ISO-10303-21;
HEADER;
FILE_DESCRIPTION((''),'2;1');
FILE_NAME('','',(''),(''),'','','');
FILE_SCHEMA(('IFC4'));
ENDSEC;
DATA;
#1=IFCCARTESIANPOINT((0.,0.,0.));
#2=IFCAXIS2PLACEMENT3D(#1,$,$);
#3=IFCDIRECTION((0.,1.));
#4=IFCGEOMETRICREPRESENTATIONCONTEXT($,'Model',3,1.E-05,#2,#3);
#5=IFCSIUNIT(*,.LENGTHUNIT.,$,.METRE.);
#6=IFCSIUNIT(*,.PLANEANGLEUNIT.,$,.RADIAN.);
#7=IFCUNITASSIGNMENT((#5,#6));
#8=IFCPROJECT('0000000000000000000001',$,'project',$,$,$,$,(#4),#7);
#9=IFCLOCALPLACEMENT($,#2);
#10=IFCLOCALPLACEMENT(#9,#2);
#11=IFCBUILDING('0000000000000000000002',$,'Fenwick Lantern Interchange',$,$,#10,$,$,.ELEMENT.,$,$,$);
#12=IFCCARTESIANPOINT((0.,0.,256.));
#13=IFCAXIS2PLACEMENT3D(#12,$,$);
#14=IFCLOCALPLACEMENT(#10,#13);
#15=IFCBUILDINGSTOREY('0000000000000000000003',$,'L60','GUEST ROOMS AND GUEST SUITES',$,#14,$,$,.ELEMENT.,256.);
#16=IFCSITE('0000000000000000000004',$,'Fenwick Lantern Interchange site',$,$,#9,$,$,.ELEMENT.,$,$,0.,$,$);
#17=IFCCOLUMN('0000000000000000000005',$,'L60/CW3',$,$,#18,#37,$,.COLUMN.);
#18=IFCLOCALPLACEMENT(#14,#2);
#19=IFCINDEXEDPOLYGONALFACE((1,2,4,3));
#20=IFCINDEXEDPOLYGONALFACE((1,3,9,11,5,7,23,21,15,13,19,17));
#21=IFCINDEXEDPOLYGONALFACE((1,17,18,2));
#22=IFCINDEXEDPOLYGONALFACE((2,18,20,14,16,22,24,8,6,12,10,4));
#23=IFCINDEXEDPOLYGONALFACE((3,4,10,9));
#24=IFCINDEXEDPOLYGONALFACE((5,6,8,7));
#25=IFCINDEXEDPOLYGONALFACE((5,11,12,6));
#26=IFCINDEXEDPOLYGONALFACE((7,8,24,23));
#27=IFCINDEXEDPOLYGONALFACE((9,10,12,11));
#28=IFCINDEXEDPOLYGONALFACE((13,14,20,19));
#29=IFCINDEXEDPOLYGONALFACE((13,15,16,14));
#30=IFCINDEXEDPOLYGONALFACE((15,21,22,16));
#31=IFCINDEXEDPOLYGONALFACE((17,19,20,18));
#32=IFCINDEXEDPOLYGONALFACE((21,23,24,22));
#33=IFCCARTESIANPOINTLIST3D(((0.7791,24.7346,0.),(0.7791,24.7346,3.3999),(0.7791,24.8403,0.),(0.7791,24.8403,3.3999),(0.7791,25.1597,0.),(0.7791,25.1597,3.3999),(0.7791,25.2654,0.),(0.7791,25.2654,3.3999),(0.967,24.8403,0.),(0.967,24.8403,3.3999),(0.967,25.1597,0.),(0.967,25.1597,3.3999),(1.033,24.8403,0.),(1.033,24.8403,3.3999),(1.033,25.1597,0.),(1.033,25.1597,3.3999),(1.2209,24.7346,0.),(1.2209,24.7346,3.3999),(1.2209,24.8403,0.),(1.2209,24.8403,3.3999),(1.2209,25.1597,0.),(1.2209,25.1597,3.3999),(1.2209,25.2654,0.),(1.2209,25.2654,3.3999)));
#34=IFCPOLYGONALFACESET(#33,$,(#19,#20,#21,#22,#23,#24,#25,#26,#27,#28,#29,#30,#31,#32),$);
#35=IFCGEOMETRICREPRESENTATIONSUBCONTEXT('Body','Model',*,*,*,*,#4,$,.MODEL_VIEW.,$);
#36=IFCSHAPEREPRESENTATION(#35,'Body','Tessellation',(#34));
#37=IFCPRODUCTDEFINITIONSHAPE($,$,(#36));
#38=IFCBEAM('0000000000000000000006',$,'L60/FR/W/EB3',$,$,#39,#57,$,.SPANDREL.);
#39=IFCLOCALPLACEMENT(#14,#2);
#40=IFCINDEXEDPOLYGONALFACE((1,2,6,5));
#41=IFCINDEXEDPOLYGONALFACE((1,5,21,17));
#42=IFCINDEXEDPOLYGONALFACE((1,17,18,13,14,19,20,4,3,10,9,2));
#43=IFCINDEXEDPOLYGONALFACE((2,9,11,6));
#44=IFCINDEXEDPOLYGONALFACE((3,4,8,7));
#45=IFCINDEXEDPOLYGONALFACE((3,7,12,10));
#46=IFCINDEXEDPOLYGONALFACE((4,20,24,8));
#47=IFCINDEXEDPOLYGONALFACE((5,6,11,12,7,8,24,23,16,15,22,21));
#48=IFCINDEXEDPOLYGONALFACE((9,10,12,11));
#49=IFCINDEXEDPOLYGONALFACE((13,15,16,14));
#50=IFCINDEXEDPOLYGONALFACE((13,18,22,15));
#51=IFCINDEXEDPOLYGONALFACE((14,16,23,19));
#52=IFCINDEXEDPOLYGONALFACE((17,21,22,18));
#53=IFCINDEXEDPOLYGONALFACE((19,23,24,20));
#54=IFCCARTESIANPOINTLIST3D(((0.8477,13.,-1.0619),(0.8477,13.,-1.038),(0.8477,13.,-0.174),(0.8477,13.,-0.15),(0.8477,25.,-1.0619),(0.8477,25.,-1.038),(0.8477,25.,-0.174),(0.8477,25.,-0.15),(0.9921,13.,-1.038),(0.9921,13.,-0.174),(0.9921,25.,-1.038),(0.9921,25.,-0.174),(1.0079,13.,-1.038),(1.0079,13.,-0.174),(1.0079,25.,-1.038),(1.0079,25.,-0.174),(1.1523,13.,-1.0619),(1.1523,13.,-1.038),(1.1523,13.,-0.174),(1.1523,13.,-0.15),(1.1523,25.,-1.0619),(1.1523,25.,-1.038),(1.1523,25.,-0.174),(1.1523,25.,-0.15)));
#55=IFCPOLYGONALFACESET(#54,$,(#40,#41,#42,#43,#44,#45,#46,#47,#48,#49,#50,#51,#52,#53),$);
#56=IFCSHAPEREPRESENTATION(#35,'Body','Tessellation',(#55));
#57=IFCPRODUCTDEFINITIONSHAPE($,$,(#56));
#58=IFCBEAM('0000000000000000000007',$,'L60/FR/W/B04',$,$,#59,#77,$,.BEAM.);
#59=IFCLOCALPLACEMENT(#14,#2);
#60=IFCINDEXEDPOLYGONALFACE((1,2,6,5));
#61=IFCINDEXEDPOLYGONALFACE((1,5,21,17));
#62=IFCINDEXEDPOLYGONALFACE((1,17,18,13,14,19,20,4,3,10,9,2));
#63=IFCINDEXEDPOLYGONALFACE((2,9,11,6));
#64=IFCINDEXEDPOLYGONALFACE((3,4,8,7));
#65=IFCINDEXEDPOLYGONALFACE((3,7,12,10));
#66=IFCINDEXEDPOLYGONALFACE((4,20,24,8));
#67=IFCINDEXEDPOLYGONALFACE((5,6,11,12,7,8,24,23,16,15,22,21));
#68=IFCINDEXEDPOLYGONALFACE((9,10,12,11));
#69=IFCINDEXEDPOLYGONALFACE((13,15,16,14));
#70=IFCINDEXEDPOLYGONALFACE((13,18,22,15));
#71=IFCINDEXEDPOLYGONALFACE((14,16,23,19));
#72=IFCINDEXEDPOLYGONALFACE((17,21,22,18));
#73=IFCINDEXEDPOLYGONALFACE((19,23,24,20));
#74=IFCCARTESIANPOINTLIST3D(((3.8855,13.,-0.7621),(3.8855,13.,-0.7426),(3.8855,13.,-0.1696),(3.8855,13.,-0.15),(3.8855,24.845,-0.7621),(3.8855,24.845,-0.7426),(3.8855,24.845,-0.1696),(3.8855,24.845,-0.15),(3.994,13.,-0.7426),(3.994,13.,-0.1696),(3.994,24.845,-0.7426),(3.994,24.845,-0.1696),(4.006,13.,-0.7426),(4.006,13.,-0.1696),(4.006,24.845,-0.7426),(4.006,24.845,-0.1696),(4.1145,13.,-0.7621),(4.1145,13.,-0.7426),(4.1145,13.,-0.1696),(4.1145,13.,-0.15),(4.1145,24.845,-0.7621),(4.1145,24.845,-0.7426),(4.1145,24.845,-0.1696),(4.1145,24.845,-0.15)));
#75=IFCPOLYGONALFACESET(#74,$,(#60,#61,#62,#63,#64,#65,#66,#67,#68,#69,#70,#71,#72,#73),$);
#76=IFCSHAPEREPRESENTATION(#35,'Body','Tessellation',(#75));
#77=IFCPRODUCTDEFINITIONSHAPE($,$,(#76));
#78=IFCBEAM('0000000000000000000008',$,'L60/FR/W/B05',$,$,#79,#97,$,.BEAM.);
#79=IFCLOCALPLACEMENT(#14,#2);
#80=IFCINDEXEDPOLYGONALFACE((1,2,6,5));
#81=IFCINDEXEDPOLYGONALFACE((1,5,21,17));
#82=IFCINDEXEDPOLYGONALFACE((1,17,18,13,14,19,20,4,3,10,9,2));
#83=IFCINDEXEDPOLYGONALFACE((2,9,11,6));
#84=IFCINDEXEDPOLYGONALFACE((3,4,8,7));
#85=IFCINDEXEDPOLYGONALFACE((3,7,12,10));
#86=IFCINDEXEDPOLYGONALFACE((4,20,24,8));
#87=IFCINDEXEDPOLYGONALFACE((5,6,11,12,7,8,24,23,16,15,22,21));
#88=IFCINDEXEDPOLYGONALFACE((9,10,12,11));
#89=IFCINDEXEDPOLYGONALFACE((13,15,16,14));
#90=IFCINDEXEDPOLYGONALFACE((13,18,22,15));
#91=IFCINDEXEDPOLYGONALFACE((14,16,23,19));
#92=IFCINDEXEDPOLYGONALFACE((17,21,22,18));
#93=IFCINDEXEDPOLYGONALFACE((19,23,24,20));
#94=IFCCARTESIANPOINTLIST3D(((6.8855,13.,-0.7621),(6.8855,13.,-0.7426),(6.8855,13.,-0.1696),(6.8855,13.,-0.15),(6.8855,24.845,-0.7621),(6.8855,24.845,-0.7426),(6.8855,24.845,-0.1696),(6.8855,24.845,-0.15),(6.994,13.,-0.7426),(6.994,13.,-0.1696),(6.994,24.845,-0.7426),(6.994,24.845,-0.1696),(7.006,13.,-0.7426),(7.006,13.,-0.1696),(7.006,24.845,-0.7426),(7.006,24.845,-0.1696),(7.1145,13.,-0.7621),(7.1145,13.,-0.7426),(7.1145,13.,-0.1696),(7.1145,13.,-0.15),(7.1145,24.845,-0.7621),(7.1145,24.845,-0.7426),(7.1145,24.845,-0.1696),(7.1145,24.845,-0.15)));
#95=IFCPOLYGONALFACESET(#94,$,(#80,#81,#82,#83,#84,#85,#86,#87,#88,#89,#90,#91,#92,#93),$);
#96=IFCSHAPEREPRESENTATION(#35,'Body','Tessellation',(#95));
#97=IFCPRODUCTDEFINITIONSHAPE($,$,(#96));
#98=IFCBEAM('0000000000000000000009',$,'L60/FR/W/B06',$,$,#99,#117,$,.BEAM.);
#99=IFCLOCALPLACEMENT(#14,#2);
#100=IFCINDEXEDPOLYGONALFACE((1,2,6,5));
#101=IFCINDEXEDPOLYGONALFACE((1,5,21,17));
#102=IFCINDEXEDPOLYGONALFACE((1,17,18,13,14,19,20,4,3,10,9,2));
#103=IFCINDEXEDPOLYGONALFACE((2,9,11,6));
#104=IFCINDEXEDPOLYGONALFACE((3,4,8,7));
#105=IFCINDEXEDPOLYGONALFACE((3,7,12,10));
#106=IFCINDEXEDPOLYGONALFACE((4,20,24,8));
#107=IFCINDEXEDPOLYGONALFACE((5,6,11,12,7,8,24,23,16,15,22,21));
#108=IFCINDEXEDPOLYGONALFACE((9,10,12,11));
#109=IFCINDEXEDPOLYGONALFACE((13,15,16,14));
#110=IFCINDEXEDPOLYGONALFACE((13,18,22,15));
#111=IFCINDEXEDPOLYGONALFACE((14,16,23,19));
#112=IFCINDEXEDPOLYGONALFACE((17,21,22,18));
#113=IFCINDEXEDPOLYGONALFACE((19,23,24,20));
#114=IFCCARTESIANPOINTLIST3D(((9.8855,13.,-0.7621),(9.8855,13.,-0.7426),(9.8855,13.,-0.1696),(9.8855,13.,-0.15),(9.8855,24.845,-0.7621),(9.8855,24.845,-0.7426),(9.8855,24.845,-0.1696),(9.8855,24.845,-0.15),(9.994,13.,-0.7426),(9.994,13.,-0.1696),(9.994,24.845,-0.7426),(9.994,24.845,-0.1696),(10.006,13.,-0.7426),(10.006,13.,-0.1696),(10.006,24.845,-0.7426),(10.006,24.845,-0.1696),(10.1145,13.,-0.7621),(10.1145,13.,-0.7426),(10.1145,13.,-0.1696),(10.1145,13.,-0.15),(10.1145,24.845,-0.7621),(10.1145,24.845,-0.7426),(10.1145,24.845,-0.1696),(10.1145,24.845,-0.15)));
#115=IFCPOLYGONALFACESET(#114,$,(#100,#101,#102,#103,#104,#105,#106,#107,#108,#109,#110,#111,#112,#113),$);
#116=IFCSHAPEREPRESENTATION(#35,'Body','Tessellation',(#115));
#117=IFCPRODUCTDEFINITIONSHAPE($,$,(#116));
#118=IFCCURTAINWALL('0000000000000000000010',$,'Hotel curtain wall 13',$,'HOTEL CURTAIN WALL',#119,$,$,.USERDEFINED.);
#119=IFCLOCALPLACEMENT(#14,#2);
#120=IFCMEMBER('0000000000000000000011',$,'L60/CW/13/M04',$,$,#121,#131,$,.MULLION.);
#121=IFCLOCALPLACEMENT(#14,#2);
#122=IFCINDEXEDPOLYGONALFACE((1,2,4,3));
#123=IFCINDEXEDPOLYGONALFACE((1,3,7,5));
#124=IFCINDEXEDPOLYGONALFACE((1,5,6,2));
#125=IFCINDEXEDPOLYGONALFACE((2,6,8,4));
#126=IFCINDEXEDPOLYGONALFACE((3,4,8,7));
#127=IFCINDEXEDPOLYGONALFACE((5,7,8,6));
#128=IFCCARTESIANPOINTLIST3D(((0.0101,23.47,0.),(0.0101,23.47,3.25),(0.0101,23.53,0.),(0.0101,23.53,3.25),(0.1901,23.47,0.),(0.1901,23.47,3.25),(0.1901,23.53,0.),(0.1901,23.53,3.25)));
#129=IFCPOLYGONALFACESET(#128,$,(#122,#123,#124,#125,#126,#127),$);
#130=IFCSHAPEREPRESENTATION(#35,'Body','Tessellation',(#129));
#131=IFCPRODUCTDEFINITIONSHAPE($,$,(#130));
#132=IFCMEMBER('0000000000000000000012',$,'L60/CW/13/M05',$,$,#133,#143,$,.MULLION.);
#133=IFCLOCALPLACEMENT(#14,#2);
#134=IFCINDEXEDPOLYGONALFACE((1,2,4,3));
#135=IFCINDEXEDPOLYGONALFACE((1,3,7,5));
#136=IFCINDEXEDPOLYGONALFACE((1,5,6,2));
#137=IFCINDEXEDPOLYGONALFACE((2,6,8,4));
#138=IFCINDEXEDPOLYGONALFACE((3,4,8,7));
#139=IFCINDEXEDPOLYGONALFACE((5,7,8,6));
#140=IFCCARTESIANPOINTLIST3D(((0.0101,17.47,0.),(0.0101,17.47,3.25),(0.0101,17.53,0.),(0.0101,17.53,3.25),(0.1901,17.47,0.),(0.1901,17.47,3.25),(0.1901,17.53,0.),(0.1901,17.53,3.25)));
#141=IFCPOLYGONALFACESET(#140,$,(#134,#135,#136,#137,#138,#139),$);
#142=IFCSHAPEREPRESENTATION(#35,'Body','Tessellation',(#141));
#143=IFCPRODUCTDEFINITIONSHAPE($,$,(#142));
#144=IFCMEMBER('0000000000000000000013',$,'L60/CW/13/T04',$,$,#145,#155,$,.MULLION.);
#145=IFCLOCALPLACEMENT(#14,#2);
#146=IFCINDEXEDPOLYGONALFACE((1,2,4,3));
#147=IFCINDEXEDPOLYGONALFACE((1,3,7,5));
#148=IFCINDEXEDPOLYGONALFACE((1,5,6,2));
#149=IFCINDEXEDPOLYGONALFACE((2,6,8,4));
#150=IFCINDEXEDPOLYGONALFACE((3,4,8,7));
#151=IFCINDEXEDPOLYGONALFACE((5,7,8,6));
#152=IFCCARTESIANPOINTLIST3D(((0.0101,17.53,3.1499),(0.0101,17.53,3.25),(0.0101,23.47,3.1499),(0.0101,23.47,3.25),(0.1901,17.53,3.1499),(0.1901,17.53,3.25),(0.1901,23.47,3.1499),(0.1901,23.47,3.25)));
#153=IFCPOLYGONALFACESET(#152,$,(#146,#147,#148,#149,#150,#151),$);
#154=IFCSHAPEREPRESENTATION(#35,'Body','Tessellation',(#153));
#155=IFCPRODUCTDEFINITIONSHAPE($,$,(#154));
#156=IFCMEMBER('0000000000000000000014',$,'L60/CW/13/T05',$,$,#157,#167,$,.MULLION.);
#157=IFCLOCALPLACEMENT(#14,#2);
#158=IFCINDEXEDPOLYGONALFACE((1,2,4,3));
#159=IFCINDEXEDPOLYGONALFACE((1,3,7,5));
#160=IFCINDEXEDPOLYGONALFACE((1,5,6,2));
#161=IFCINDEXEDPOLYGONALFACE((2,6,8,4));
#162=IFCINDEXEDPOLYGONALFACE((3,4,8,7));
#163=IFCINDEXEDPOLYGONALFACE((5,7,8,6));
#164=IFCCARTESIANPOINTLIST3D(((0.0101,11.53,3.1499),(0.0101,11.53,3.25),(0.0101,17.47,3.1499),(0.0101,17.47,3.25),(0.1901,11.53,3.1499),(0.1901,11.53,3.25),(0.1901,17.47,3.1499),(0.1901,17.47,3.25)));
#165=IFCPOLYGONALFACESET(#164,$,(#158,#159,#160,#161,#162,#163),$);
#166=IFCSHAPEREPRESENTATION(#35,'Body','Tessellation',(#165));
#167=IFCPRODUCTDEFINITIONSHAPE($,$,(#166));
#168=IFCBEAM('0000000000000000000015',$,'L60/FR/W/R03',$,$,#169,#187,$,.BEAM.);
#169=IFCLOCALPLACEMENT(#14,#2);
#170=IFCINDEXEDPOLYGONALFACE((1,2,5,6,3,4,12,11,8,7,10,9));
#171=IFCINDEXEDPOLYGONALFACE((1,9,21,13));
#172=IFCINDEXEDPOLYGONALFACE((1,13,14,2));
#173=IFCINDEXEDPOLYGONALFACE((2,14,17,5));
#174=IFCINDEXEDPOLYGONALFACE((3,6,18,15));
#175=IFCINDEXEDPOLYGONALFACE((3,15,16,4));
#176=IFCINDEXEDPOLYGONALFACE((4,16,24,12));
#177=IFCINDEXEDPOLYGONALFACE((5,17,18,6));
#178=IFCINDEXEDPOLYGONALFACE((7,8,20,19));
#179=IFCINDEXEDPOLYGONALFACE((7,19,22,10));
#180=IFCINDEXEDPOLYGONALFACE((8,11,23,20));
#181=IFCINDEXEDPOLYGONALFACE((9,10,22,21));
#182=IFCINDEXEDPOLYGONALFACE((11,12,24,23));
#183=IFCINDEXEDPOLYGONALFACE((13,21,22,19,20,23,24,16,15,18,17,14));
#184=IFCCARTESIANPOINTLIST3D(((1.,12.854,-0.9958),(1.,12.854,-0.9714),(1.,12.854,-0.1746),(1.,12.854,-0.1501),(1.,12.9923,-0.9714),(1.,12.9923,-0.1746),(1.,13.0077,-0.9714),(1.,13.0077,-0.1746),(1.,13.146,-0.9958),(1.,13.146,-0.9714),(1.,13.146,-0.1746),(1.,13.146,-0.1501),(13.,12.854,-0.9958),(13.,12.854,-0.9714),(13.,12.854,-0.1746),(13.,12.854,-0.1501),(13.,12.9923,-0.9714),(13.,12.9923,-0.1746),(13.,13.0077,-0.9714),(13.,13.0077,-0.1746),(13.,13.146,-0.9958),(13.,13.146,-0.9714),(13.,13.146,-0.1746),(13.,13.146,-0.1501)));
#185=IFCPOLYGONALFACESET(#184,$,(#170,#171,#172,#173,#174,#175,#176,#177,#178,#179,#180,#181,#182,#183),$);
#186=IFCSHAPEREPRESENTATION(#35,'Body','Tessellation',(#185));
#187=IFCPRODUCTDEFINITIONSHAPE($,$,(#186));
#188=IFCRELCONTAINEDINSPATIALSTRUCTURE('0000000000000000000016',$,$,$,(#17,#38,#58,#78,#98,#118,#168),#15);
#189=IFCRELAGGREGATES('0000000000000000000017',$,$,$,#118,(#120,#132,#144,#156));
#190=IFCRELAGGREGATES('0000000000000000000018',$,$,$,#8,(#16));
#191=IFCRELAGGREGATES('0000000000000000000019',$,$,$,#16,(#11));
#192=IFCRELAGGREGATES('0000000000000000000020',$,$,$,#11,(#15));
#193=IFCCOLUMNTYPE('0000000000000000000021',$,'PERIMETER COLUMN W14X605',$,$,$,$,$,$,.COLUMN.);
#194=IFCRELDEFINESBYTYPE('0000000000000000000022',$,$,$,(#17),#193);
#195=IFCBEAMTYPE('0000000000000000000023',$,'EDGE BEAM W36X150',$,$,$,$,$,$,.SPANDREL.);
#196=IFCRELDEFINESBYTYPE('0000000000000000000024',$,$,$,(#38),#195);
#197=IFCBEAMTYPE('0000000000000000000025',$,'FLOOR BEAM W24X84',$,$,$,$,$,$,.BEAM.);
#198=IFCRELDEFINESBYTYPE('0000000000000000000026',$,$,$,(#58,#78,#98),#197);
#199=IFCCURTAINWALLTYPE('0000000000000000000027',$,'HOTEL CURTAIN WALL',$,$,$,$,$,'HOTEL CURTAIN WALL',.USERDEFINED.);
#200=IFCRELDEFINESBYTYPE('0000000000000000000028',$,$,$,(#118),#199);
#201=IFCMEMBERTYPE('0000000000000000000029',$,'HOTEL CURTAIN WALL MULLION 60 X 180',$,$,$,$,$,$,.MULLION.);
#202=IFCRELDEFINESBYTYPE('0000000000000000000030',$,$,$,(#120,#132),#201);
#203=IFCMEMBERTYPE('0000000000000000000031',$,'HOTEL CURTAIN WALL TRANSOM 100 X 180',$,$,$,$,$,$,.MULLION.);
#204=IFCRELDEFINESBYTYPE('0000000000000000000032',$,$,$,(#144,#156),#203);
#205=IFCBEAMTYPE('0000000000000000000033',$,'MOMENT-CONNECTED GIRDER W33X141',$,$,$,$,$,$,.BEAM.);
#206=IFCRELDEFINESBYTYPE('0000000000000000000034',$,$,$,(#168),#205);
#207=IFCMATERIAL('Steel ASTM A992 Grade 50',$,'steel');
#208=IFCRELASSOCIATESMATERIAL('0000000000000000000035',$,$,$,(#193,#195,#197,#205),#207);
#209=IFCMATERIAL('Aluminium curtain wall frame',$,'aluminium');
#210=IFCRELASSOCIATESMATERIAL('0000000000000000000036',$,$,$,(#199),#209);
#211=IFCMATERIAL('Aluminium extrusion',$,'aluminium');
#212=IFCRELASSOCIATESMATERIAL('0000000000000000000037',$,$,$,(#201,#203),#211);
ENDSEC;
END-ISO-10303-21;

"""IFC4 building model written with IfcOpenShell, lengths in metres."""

from ifc_helpers import new_model, si_unit, direction, frame, origin, origin_2d, place, context, subcontext, project, spatial, rectangle, i_section, extrude, material, material_profile, profile_set, type_object, element, aggregate, save


model = new_model("IFC4")

# Units and contexts
model_context = context("Model", 3, precision=1e-05, world=origin(), true_north=direction((0.0, 1.0)))
body_context = subcontext(model_context, "Body", "Model", "MODEL_VIEW")
ifc_project = project(units=[si_unit("LENGTHUNIT", "METRE"), si_unit("PLANEANGLEUNIT", "RADIAN")], contexts=[model_context])

# Site, building, storey
site_placement = place(None, origin())
site = spatial("IfcSite", under=ifc_project, at=site_placement, Name="Fenwick Lantern Interchange site", CompositionType="ELEMENT", RefElevation=0.0)
building_placement = place(site_placement, origin())
building = spatial("IfcBuilding", under=site, at=building_placement, Name="Fenwick Lantern Interchange", CompositionType="ELEMENT")
storey_placement = place(building_placement, frame((0.0, 0.0, 256.0)))
storey = spatial("IfcBuildingStorey", under=building, at=storey_placement, Name="L60", Description="GUEST ROOMS AND GUEST SUITES", CompositionType="ELEMENT", Elevation=256.0)

# Column
ifc_material_1 = material(Name="Steel ASTM A992 Grade 50", Category="steel")
ifc_material_profile_1 = material_profile(ifc_material_1, i_section(OverallWidth=0.4419, OverallDepth=0.5308, WebThickness=0.0659, FlangeThickness=0.1057, at=origin_2d()), Name="W14X605")
ifc_profile_set_1 = profile_set([ifc_material_profile_1], Name="Steel ASTM A992 Grade 50")
column_type = type_object("IfcColumnType", Name="PERIMETER COLUMN W14X605", PredefinedType="COLUMN", material=ifc_profile_set_1)
column_placement = place(storey_placement, frame((1.0, 25.0, 0.0), z_axis=(0.0, 0.0, 1.0), x_axis=(1.0, 0.0, 0.0)))
element("IfcColumn", 1, at=column_placement, inside=storey, type_object=column_type, Name="L60/CW3", PredefinedType="COLUMN", context=body_context, shape_type="SweptSolid", body=[
    extrude(i_section(OverallWidth=0.4419, OverallDepth=0.5308, WebThickness=0.0659, FlangeThickness=0.1057, at=origin_2d()), origin(), (0.0, 0.0, 1.0), 3.3999),
])

# Beams
ifc_material_profile_2 = material_profile(ifc_material_1, i_section(OverallWidth=0.3047, OverallDepth=0.9119, WebThickness=0.0159, FlangeThickness=0.0239, at=origin_2d()), Name="W36X150")
ifc_profile_set_2 = profile_set([ifc_material_profile_2], Name="Steel ASTM A992 Grade 50")
beam_type_1 = type_object("IfcBeamType", Name="EDGE BEAM W36X150", PredefinedType="SPANDREL", material=ifc_profile_set_2)
beam_1_placement = place(storey_placement, frame((1.0, 25.0, -0.606), z_axis=(0.0, -1.0, 0.0), x_axis=(1.0, 0.0, 0.0)))
element("IfcBeam", 2, at=beam_1_placement, inside=storey, type_object=beam_type_1, Name="L60/FR/W/EB3", PredefinedType="SPANDREL", context=body_context, shape_type="SweptSolid", body=[
    extrude(i_section(OverallWidth=0.3047, OverallDepth=0.9119, WebThickness=0.0159, FlangeThickness=0.0239, at=origin_2d()), origin(), (0.0, 0.0, 1.0), 12.0),
])
ifc_material_profile_3 = material_profile(ifc_material_1, i_section(OverallWidth=0.229, OverallDepth=0.6121, WebThickness=0.012, FlangeThickness=0.0195, at=origin_2d()), Name="W24X84")
ifc_profile_set_3 = profile_set([ifc_material_profile_3], Name="Steel ASTM A992 Grade 50")
beam_type_2 = type_object("IfcBeamType", Name="FLOOR BEAM W24X84", PredefinedType="BEAM", material=ifc_profile_set_3)
for number, where, z_axis, x_axis, name in (
    (3, (4.0, 24.845, -0.4561), (0.0, -1.0, 0.0), (1.0, 0.0, 0.0), "L60/FR/W/B04"),
    (4, (7.0, 24.845, -0.4561), (0.0, -1.0, 0.0), (1.0, 0.0, 0.0), "L60/FR/W/B05"),
    (5, (10.0, 24.845, -0.4561), (0.0, -1.0, 0.0), (1.0, 0.0, 0.0), "L60/FR/W/B06"),
):
    element("IfcBeam", number, at=place(storey_placement, frame(where, z_axis=z_axis, x_axis=x_axis)), inside=storey, type_object=beam_type_2, Name=name, PredefinedType="BEAM", context=body_context, shape_type="SweptSolid", body=[
        extrude(i_section(OverallWidth=0.229, OverallDepth=0.6121, WebThickness=0.012, FlangeThickness=0.0195, at=origin_2d()), origin(), (0.0, 0.0, 1.0), 11.845),
    ])

# Curtain wall, members
ifc_material_2 = material(Name="Aluminium curtain wall frame", Category="aluminium")
curtain_wall_type = type_object("IfcCurtainWallType", Name="HOTEL CURTAIN WALL", ElementType="HOTEL CURTAIN WALL", PredefinedType="USERDEFINED", material=ifc_material_2)
curtain_wall_placement = place(storey_placement, origin())
curtain_wall = element("IfcCurtainWall", 6, at=curtain_wall_placement, inside=storey, type_object=curtain_wall_type, Name="Hotel curtain wall 13", ObjectType="HOTEL CURTAIN WALL", PredefinedType="USERDEFINED")
ifc_material_3 = material(Name="Aluminium extrusion", Category="aluminium")
ifc_material_profile_4 = material_profile(ifc_material_3, rectangle(XDim=0.1799, YDim=0.0601, at=origin_2d()), Name="HOTEL CURTAIN WALL MULLION 60 X 180")
ifc_profile_set_4 = profile_set([ifc_material_profile_4], Name="Aluminium extrusion")
member_type_1 = type_object("IfcMemberType", Name="HOTEL CURTAIN WALL MULLION 60 X 180", PredefinedType="MULLION", material=ifc_profile_set_4)
member_1_placement = place(storey_placement, frame((0.1001, 23.5, 0.0), z_axis=(0.0, 0.0, 1.0), x_axis=(1.0, 0.0, 0.0)))
member_1 = element("IfcMember", 7, at=member_1_placement, type_object=member_type_1, Name="L60/CW/13/M04", PredefinedType="MULLION", context=body_context, shape_type="SweptSolid", body=[
    extrude(rectangle(XDim=0.1799, YDim=0.0601, at=origin_2d()), origin(), (0.0, 0.0, 1.0), 3.25),
])
member_2_placement = place(storey_placement, frame((0.1001, 17.5, 0.0), z_axis=(0.0, 0.0, 1.0), x_axis=(1.0, 0.0, 0.0)))
member_2 = element("IfcMember", 8, at=member_2_placement, type_object=member_type_1, Name="L60/CW/13/M05", PredefinedType="MULLION", context=body_context, shape_type="SweptSolid", body=[
    extrude(rectangle(XDim=0.1799, YDim=0.0601, at=origin_2d()), origin(), (0.0, 0.0, 1.0), 3.25),
])
ifc_material_profile_5 = material_profile(ifc_material_3, rectangle(XDim=0.1799, YDim=0.1001, at=origin_2d()), Name="HOTEL CURTAIN WALL TRANSOM 100 X 180")
ifc_profile_set_5 = profile_set([ifc_material_profile_5], Name="Aluminium extrusion")
member_type_2 = type_object("IfcMemberType", Name="HOTEL CURTAIN WALL TRANSOM 100 X 180", PredefinedType="MULLION", material=ifc_profile_set_5)
member_3_placement = place(storey_placement, frame((0.1001, 23.47, 3.2), z_axis=(0.0, -1.0, 0.0), x_axis=(1.0, 0.0, 0.0)))
member_3 = element("IfcMember", 9, at=member_3_placement, type_object=member_type_2, Name="L60/CW/13/T04", PredefinedType="MULLION", context=body_context, shape_type="SweptSolid", body=[
    extrude(rectangle(XDim=0.1799, YDim=0.1001, at=origin_2d()), origin(), (0.0, 0.0, 1.0), 5.9399),
])
member_4_placement = place(storey_placement, frame((0.1001, 17.47, 3.2), z_axis=(0.0, -1.0, 0.0), x_axis=(1.0, 0.0, 0.0)))
member_4 = element("IfcMember", 10, at=member_4_placement, type_object=member_type_2, Name="L60/CW/13/T05", PredefinedType="MULLION", context=body_context, shape_type="SweptSolid", body=[
    extrude(rectangle(XDim=0.1799, YDim=0.1001, at=origin_2d()), origin(), (0.0, 0.0, 1.0), 5.9399),
])

# Beam
ifc_material_profile_6 = material_profile(ifc_material_1, i_section(OverallWidth=0.292, OverallDepth=0.8457, WebThickness=0.0154, FlangeThickness=0.0244, at=origin_2d()), Name="W33X141")
ifc_profile_set_6 = profile_set([ifc_material_profile_6], Name="Steel ASTM A992 Grade 50")
beam_type_3 = type_object("IfcBeamType", Name="MOMENT-CONNECTED GIRDER W33X141", PredefinedType="BEAM", material=ifc_profile_set_6)
beam_2_placement = place(storey_placement, frame((1.0, 13.0, -0.573), z_axis=(1.0, 0.0, 0.0), x_axis=(0.0, 1.0, 0.0)))
element("IfcBeam", 11, at=beam_2_placement, inside=storey, type_object=beam_type_3, Name="L60/FR/W/R03", PredefinedType="BEAM", context=body_context, shape_type="SweptSolid", body=[
    extrude(i_section(OverallWidth=0.292, OverallDepth=0.8457, WebThickness=0.0154, FlangeThickness=0.0244, at=origin_2d()), origin(), (0.0, 0.0, 1.0), 12.0),
])

aggregate(curtain_wall, [member_1, member_2, member_3, member_4])

save(model, "model.ifc")
